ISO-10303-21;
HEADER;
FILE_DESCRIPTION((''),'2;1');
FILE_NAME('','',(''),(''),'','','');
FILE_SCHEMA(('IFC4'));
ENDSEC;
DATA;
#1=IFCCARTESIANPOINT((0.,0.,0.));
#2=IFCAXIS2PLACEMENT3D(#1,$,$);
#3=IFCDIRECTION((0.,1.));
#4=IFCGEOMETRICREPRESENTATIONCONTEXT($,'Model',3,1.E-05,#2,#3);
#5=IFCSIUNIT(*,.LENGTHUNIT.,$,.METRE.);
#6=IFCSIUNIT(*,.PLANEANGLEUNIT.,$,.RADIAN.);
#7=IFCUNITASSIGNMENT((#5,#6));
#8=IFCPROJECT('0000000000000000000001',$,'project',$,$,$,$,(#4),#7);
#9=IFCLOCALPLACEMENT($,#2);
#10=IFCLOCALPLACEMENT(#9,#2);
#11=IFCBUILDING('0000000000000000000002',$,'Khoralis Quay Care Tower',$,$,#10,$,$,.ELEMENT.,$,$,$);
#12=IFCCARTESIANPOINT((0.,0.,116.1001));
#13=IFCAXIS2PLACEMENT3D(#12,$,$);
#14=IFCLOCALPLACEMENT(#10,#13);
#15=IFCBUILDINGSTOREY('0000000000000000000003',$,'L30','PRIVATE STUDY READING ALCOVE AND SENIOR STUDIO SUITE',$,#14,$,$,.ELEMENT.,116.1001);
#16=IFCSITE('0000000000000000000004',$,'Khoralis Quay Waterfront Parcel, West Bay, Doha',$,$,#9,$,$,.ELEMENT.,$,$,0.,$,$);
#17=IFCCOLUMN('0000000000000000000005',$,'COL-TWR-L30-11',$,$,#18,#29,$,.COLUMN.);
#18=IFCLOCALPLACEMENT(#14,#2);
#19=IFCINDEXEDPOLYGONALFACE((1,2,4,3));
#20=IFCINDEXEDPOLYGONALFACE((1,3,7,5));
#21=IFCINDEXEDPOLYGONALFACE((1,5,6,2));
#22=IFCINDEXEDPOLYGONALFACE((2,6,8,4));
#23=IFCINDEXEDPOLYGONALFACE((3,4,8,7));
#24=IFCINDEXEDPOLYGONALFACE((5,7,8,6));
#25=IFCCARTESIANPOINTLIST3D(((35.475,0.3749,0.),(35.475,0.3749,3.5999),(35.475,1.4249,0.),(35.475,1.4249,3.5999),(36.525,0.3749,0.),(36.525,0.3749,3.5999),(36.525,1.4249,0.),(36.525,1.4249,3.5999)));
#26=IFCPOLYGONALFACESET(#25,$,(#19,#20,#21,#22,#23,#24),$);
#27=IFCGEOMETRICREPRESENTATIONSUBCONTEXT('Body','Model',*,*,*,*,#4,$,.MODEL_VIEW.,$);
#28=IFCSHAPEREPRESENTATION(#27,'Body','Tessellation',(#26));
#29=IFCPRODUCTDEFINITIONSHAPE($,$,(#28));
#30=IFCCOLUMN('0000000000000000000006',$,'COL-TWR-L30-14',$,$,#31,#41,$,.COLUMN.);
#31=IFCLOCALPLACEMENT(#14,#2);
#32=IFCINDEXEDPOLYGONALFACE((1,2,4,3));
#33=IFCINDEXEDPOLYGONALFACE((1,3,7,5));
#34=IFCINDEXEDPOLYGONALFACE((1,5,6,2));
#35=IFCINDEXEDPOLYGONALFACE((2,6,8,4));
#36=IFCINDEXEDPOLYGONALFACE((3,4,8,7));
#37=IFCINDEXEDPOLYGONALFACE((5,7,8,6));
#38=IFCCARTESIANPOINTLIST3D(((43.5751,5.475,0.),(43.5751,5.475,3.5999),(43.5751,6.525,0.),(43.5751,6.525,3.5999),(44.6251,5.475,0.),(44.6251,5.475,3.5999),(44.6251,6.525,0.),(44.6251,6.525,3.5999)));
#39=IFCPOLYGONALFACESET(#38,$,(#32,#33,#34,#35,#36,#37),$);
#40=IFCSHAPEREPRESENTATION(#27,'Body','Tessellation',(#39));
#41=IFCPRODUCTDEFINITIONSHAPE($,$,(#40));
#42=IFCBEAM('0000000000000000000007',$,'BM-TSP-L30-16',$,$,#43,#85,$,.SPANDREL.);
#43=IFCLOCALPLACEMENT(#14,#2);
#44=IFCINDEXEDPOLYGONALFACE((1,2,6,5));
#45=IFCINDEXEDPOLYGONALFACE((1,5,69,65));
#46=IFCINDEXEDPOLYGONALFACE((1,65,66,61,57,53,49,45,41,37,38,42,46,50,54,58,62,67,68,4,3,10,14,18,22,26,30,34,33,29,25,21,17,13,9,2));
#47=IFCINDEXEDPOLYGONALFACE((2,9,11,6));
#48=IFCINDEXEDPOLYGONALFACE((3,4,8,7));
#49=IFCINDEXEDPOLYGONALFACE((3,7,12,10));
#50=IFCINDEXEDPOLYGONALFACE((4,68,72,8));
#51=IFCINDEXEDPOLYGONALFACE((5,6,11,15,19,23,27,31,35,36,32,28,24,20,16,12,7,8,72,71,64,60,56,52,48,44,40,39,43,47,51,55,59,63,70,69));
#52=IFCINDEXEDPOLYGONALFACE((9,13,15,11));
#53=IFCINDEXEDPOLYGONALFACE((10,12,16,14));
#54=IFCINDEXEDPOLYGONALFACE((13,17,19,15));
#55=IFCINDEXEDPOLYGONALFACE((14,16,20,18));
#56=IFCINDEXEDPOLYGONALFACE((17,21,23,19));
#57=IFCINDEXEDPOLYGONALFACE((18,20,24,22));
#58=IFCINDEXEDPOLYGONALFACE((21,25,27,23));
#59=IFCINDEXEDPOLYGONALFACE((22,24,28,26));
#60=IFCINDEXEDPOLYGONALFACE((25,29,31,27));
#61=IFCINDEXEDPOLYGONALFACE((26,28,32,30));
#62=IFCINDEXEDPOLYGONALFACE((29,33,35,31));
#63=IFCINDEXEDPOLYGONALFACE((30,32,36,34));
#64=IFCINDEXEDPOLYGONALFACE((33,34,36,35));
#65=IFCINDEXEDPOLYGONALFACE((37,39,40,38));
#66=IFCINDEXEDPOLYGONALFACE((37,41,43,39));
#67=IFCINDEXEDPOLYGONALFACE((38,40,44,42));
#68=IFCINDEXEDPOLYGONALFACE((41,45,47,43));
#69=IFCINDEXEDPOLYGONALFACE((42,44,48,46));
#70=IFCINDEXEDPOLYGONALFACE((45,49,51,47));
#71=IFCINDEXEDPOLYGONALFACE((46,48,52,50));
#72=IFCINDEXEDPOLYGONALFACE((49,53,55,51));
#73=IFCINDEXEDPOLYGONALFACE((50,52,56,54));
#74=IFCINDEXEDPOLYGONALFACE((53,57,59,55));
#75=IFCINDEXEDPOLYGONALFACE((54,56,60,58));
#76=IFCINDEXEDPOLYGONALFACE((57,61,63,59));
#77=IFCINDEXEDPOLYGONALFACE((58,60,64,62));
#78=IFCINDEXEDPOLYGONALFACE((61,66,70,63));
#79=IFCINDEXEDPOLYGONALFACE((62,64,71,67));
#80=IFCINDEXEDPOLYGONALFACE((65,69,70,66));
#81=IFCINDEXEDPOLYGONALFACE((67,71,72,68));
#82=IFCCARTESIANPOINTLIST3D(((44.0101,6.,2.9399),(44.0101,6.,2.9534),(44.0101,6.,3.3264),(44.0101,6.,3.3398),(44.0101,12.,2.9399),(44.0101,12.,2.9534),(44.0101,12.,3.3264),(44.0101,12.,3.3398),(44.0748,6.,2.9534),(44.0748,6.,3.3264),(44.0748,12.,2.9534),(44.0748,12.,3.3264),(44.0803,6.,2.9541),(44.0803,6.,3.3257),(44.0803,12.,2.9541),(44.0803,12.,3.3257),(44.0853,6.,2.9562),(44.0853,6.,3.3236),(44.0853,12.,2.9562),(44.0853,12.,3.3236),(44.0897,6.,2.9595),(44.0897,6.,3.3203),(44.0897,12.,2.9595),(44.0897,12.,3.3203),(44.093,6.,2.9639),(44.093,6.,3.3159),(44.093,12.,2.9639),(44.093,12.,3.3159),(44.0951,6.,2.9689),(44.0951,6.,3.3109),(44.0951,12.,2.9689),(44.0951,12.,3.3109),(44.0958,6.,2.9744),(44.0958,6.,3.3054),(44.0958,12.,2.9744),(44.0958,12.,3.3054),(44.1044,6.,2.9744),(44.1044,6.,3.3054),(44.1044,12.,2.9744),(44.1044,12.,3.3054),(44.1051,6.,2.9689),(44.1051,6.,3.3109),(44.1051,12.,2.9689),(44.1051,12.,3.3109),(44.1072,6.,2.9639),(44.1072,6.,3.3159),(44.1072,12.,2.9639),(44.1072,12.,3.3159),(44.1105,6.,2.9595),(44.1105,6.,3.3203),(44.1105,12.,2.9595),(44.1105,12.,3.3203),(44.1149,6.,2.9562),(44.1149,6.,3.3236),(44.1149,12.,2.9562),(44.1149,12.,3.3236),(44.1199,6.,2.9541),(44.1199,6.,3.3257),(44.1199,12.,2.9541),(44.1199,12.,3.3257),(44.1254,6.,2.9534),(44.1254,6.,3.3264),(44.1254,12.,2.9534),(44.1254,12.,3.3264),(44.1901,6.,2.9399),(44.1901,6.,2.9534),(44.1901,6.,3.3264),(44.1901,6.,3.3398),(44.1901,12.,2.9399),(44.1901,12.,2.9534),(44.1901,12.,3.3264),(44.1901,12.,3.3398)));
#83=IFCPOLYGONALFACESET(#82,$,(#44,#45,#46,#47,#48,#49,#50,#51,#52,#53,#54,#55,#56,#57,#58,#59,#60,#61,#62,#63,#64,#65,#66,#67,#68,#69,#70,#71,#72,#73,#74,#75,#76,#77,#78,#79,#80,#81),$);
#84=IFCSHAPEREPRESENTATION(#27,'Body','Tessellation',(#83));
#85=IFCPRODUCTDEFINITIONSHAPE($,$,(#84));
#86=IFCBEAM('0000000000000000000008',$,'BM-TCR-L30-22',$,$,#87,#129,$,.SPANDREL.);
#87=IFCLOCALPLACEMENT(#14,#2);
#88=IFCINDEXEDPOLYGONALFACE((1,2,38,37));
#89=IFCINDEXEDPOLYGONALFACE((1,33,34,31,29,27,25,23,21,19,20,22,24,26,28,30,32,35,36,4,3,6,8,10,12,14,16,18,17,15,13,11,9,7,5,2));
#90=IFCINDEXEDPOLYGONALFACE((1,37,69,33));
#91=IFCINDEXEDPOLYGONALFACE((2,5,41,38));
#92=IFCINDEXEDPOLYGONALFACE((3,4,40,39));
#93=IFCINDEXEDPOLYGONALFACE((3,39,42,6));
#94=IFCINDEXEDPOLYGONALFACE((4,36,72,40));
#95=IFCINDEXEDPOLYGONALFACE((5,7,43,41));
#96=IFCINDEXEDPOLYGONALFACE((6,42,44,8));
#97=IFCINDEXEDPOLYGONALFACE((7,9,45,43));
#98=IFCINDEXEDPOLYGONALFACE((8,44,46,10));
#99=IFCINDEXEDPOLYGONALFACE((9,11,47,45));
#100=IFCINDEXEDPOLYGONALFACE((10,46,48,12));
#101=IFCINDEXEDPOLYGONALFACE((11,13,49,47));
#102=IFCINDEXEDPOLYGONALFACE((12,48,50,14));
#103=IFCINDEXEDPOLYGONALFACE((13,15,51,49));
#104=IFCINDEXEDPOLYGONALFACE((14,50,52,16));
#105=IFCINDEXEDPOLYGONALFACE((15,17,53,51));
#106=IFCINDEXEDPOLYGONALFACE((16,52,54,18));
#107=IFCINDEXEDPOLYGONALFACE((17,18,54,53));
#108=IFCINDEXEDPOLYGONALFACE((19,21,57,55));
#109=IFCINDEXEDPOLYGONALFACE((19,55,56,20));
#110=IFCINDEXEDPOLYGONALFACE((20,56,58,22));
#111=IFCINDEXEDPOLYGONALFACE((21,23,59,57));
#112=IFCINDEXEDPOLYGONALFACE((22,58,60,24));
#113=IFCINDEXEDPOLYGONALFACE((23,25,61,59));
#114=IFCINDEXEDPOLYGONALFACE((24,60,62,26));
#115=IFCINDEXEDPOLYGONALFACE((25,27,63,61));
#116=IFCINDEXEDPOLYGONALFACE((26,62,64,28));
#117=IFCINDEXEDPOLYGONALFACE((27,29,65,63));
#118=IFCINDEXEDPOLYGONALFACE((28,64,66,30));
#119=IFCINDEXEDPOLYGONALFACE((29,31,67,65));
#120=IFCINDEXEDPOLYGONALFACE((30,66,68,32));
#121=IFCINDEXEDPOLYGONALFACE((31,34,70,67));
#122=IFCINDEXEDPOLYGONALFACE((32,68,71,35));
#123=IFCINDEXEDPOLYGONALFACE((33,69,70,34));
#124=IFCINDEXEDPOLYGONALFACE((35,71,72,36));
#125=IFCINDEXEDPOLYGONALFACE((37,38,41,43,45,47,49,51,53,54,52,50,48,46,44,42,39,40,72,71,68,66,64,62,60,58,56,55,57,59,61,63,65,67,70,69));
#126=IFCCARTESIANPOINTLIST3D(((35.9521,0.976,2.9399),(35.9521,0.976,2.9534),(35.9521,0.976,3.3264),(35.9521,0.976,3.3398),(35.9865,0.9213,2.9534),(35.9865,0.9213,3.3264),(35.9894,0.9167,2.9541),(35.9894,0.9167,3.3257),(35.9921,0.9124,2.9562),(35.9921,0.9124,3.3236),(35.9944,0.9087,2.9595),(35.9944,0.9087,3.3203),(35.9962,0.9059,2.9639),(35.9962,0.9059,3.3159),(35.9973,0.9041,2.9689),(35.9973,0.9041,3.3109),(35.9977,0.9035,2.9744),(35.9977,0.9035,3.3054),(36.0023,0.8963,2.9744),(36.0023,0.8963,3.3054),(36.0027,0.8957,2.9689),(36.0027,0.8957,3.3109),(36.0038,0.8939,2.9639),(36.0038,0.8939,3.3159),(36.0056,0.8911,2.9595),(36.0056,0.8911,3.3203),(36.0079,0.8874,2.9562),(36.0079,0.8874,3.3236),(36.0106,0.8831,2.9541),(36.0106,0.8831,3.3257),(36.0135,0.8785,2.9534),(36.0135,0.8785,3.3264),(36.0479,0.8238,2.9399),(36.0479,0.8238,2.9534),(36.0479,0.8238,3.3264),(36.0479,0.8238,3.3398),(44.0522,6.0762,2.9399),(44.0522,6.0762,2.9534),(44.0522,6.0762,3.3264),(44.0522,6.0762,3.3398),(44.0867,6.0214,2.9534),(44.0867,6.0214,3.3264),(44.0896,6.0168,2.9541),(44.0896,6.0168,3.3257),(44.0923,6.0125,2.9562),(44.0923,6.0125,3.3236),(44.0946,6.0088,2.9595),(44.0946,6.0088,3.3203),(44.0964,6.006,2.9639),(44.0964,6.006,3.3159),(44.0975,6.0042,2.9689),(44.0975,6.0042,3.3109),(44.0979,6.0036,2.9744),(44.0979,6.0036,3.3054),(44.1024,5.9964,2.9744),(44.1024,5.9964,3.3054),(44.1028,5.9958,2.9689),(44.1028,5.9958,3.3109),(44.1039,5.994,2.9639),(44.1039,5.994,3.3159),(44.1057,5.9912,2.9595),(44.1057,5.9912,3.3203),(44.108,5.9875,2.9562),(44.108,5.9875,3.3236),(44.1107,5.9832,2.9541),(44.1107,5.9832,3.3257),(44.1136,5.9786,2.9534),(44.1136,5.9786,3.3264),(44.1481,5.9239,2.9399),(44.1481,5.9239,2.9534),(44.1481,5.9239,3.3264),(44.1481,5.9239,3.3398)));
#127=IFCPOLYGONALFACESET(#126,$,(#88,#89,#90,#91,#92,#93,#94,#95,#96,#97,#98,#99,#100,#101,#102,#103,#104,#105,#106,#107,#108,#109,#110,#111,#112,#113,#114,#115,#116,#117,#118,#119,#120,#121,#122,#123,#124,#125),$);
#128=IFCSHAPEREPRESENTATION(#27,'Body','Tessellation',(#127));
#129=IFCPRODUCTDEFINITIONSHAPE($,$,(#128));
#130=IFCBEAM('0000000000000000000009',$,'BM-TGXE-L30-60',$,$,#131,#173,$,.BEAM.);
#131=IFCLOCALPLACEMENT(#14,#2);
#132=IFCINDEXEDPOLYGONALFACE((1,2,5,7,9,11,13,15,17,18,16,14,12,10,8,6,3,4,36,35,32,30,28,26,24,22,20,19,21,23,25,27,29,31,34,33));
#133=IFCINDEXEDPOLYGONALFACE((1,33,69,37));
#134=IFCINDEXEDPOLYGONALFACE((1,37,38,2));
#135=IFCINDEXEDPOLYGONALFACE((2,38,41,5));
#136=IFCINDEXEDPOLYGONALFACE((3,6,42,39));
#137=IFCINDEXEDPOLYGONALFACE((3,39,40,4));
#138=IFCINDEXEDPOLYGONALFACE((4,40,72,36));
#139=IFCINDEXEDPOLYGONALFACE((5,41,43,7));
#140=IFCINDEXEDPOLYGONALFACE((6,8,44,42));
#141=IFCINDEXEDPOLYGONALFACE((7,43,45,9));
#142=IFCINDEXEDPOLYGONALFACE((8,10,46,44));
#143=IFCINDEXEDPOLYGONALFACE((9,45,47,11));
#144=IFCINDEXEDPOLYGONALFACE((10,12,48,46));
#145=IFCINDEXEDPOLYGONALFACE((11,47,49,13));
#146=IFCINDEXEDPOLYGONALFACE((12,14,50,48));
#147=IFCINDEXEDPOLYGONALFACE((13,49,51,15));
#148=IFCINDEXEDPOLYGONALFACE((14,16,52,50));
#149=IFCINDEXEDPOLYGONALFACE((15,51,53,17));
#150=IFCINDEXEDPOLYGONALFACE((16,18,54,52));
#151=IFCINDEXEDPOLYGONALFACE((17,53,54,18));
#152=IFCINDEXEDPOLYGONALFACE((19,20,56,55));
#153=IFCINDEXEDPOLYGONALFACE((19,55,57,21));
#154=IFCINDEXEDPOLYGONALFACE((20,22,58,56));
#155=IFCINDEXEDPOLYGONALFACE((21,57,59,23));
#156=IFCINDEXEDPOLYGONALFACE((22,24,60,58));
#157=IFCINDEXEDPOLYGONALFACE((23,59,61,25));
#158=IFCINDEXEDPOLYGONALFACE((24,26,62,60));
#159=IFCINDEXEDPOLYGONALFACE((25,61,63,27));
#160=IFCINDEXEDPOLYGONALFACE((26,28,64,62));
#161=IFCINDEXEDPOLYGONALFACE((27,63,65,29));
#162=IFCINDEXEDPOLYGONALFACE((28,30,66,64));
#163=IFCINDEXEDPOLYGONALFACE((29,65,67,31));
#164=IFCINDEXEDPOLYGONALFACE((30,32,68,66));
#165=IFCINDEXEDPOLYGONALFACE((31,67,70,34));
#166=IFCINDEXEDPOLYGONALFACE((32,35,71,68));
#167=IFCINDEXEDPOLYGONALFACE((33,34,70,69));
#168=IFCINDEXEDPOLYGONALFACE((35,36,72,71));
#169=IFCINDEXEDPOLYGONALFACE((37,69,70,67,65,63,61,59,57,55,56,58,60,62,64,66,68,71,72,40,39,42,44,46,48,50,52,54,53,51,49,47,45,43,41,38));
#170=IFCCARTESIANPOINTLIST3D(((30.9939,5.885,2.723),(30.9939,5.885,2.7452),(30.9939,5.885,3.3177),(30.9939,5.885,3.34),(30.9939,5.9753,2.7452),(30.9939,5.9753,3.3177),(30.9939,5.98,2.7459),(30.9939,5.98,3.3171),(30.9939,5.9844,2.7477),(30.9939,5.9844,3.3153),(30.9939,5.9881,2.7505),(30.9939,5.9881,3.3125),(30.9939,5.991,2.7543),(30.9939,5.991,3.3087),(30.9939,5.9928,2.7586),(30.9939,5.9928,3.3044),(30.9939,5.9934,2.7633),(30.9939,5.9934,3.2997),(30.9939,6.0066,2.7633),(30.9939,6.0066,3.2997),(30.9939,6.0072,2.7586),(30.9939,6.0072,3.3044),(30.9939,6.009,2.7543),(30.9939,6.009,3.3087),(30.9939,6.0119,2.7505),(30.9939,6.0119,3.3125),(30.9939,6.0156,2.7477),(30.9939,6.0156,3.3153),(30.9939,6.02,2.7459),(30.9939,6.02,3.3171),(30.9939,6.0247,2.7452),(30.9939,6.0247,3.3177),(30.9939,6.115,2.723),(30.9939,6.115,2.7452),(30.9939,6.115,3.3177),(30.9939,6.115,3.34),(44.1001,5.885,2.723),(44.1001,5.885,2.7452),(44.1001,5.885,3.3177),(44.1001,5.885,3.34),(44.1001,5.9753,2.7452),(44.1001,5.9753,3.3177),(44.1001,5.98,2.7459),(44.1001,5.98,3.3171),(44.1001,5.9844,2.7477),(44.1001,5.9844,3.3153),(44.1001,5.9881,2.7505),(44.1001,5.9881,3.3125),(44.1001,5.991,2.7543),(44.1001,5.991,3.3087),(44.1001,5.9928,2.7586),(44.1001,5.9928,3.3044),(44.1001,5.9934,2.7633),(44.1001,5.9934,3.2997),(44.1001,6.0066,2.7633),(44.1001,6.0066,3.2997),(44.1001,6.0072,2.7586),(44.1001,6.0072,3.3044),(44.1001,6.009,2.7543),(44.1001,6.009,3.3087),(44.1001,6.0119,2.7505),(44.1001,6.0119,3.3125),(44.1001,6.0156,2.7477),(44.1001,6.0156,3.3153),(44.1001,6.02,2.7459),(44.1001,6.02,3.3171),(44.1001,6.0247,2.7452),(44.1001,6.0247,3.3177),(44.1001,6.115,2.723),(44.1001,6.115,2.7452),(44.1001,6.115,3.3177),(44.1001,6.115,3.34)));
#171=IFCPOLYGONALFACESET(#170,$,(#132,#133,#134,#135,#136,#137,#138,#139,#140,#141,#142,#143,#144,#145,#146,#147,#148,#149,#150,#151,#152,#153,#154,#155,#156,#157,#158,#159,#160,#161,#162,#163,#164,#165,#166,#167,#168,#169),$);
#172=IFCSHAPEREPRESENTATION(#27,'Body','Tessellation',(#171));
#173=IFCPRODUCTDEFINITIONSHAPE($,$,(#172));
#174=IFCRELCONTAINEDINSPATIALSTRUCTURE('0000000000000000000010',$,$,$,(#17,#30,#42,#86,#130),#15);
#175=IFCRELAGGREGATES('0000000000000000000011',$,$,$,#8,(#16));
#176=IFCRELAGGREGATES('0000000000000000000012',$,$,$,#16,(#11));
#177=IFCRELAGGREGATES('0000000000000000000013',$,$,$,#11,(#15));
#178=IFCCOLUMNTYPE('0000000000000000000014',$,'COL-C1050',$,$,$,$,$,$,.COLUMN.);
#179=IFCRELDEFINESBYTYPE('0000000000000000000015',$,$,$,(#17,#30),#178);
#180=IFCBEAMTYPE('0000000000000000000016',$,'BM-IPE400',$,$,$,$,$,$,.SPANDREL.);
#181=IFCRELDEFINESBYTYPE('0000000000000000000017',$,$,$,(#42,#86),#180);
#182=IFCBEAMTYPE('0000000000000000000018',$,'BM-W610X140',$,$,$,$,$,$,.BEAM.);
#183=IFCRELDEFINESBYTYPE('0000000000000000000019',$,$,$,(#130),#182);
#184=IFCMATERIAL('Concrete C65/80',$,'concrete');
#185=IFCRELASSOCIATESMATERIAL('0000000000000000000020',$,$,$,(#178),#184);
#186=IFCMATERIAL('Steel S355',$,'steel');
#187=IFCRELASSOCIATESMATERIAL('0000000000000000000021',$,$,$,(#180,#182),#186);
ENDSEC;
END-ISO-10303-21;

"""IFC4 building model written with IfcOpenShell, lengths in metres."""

from ifc_helpers import new_model, si_unit, direction, frame, origin, origin_2d, place, context, subcontext, project, spatial, rectangle, i_section, extrude, source, transform, mapped, material, material_profile, profile_set, type_object, element, save


model = new_model("IFC4")

# Units and contexts
model_context = context("Model", 3, precision=1e-05, world=origin(), true_north=direction((0.0, 1.0)))
body_context = subcontext(model_context, "Body", "Model", "MODEL_VIEW")
ifc_project = project(units=[si_unit("LENGTHUNIT", "METRE"), si_unit("PLANEANGLEUNIT", "RADIAN")], contexts=[model_context])

# Site, building, storey
site_placement = place(None, origin())
site = spatial("IfcSite", under=ifc_project, at=site_placement, Name="Khoralis Quay Waterfront Parcel, West Bay, Doha", CompositionType="ELEMENT", RefElevation=0.0)
building_placement = place(site_placement, origin())
building = spatial("IfcBuilding", under=site, at=building_placement, Name="Khoralis Quay Care Tower", CompositionType="ELEMENT")
storey_placement = place(building_placement, frame((0.0, 0.0, 116.1001)))
storey = spatial("IfcBuildingStorey", under=building, at=storey_placement, Name="L30", Description="PRIVATE STUDY READING ALCOVE AND SENIOR STUDIO SUITE", CompositionType="ELEMENT", Elevation=116.1001)

# Columns
ifc_material_1 = material(Name="Concrete C65/80", Category="concrete")
ifc_material_profile_1 = material_profile(ifc_material_1, rectangle(XDim=1.05, YDim=1.05, at=origin_2d()), Name="Concrete C65/80")
ifc_profile_set_1 = profile_set([ifc_material_profile_1], Name="Concrete C65/80")
column_type = type_object("IfcColumnType", Name="COL-C1050", PredefinedType="COLUMN", material=ifc_profile_set_1)
shared_shape_1 = source(origin(), body_context, "Body", "SweptSolid", [
    extrude(rectangle(XDim=1.05, YDim=1.05, at=origin_2d()), origin(), (0.0, 0.0, 1.0), 3.5999),
])
for number, where, z_axis, x_axis, name in (
    (1, (36.0, 0.8999, 0.0), (0.0, 0.0, 1.0), (1.0, 0.0, 0.0), "COL-TWR-L30-11"),
    (2, (44.1001, 6.0, 0.0), (0.0, 0.0, 1.0), (1.0, 0.0, 0.0), "COL-TWR-L30-14"),
):
    element("IfcColumn", number, at=place(storey_placement, frame(where, z_axis=z_axis, x_axis=x_axis)), inside=storey, type_object=column_type, Name=name, PredefinedType="COLUMN", context=body_context, shape_type="MappedRepresentation", body=[
        mapped(shared_shape_1, transform((0.0, 0.0, 0.0), scale=1.0)),
    ])

# Beams
ifc_material_2 = material(Name="Steel S355", Category="steel")
ifc_material_profile_2 = material_profile(ifc_material_2, i_section(OverallWidth=0.1799, OverallDepth=0.3999, WebThickness=0.0085, FlangeThickness=0.0134, FilletRadius=0.021, at=origin_2d()), Name="Steel S355")
ifc_profile_set_2 = profile_set([ifc_material_profile_2], Name="Steel S355")
beam_type_1 = type_object("IfcBeamType", Name="BM-IPE400", PredefinedType="SPANDREL", material=ifc_profile_set_2)
shared_shape_2 = source(origin(), body_context, "Body", "SweptSolid", [
    extrude(i_section(OverallWidth=0.1799, OverallDepth=0.3999, WebThickness=0.0085, FlangeThickness=0.0134, FilletRadius=0.021, at=origin_2d()), origin(), (0.0, 0.0, 1.0), 6.0),
])
beam_1_placement = place(storey_placement, frame((44.1001, 6.0, 3.1399), z_axis=(0.0, 1.0, 0.0), x_axis=(-1.0, 0.0, 0.0)))
element("IfcBeam", 3, at=beam_1_placement, inside=storey, type_object=beam_type_1, Name="BM-TSP-L30-16", PredefinedType="SPANDREL", context=body_context, shape_type="MappedRepresentation", body=[
    mapped(shared_shape_2, transform((0.0, 0.0, 0.0), scale=1.0)),
])
shared_shape_3 = source(origin(), body_context, "Body", "SweptSolid", [
    extrude(i_section(OverallWidth=0.1799, OverallDepth=0.3999, WebThickness=0.0085, FlangeThickness=0.0134, FilletRadius=0.021, at=origin_2d()), origin(), (0.0, 0.0, 1.0), 9.572),
])
beam_2_placement = place(storey_placement, frame((36.0, 0.8999, 3.1399), z_axis=(0.846231, 0.532816, 0.0), x_axis=(-0.532816, 0.846231, 0.0)))
element("IfcBeam", 4, at=beam_2_placement, inside=storey, type_object=beam_type_1, Name="BM-TCR-L30-22", PredefinedType="SPANDREL", context=body_context, shape_type="MappedRepresentation", body=[
    mapped(shared_shape_3, transform((0.0, 0.0, 0.0), scale=1.0)),
])
ifc_material_profile_3 = material_profile(ifc_material_2, i_section(OverallWidth=0.23, OverallDepth=0.6169, WebThickness=0.0132, FlangeThickness=0.0222, FilletRadius=0.0181, at=origin_2d()), Name="Steel S355")
ifc_profile_set_3 = profile_set([ifc_material_profile_3], Name="Steel S355")
beam_type_2 = type_object("IfcBeamType", Name="BM-W610X140", PredefinedType="BEAM", material=ifc_profile_set_3)
shared_shape_4 = source(origin(), body_context, "Body", "SweptSolid", [
    extrude(i_section(OverallWidth=0.23, OverallDepth=0.6169, WebThickness=0.0132, FlangeThickness=0.0222, FilletRadius=0.0181, at=origin_2d()), origin(), (0.0, 0.0, 1.0), 13.1062),
])
beam_3_placement = place(storey_placement, frame((30.9939, 6.0, 3.0315), z_axis=(1.0, 0.0, 0.0), x_axis=(0.0, 1.0, 0.0)))
element("IfcBeam", 5, at=beam_3_placement, inside=storey, type_object=beam_type_2, Name="BM-TGXE-L30-60", PredefinedType="BEAM", context=body_context, shape_type="MappedRepresentation", body=[
    mapped(shared_shape_4, transform((0.0, 0.0, 0.0), scale=1.0)),
])

save(model, "model.ifc")
